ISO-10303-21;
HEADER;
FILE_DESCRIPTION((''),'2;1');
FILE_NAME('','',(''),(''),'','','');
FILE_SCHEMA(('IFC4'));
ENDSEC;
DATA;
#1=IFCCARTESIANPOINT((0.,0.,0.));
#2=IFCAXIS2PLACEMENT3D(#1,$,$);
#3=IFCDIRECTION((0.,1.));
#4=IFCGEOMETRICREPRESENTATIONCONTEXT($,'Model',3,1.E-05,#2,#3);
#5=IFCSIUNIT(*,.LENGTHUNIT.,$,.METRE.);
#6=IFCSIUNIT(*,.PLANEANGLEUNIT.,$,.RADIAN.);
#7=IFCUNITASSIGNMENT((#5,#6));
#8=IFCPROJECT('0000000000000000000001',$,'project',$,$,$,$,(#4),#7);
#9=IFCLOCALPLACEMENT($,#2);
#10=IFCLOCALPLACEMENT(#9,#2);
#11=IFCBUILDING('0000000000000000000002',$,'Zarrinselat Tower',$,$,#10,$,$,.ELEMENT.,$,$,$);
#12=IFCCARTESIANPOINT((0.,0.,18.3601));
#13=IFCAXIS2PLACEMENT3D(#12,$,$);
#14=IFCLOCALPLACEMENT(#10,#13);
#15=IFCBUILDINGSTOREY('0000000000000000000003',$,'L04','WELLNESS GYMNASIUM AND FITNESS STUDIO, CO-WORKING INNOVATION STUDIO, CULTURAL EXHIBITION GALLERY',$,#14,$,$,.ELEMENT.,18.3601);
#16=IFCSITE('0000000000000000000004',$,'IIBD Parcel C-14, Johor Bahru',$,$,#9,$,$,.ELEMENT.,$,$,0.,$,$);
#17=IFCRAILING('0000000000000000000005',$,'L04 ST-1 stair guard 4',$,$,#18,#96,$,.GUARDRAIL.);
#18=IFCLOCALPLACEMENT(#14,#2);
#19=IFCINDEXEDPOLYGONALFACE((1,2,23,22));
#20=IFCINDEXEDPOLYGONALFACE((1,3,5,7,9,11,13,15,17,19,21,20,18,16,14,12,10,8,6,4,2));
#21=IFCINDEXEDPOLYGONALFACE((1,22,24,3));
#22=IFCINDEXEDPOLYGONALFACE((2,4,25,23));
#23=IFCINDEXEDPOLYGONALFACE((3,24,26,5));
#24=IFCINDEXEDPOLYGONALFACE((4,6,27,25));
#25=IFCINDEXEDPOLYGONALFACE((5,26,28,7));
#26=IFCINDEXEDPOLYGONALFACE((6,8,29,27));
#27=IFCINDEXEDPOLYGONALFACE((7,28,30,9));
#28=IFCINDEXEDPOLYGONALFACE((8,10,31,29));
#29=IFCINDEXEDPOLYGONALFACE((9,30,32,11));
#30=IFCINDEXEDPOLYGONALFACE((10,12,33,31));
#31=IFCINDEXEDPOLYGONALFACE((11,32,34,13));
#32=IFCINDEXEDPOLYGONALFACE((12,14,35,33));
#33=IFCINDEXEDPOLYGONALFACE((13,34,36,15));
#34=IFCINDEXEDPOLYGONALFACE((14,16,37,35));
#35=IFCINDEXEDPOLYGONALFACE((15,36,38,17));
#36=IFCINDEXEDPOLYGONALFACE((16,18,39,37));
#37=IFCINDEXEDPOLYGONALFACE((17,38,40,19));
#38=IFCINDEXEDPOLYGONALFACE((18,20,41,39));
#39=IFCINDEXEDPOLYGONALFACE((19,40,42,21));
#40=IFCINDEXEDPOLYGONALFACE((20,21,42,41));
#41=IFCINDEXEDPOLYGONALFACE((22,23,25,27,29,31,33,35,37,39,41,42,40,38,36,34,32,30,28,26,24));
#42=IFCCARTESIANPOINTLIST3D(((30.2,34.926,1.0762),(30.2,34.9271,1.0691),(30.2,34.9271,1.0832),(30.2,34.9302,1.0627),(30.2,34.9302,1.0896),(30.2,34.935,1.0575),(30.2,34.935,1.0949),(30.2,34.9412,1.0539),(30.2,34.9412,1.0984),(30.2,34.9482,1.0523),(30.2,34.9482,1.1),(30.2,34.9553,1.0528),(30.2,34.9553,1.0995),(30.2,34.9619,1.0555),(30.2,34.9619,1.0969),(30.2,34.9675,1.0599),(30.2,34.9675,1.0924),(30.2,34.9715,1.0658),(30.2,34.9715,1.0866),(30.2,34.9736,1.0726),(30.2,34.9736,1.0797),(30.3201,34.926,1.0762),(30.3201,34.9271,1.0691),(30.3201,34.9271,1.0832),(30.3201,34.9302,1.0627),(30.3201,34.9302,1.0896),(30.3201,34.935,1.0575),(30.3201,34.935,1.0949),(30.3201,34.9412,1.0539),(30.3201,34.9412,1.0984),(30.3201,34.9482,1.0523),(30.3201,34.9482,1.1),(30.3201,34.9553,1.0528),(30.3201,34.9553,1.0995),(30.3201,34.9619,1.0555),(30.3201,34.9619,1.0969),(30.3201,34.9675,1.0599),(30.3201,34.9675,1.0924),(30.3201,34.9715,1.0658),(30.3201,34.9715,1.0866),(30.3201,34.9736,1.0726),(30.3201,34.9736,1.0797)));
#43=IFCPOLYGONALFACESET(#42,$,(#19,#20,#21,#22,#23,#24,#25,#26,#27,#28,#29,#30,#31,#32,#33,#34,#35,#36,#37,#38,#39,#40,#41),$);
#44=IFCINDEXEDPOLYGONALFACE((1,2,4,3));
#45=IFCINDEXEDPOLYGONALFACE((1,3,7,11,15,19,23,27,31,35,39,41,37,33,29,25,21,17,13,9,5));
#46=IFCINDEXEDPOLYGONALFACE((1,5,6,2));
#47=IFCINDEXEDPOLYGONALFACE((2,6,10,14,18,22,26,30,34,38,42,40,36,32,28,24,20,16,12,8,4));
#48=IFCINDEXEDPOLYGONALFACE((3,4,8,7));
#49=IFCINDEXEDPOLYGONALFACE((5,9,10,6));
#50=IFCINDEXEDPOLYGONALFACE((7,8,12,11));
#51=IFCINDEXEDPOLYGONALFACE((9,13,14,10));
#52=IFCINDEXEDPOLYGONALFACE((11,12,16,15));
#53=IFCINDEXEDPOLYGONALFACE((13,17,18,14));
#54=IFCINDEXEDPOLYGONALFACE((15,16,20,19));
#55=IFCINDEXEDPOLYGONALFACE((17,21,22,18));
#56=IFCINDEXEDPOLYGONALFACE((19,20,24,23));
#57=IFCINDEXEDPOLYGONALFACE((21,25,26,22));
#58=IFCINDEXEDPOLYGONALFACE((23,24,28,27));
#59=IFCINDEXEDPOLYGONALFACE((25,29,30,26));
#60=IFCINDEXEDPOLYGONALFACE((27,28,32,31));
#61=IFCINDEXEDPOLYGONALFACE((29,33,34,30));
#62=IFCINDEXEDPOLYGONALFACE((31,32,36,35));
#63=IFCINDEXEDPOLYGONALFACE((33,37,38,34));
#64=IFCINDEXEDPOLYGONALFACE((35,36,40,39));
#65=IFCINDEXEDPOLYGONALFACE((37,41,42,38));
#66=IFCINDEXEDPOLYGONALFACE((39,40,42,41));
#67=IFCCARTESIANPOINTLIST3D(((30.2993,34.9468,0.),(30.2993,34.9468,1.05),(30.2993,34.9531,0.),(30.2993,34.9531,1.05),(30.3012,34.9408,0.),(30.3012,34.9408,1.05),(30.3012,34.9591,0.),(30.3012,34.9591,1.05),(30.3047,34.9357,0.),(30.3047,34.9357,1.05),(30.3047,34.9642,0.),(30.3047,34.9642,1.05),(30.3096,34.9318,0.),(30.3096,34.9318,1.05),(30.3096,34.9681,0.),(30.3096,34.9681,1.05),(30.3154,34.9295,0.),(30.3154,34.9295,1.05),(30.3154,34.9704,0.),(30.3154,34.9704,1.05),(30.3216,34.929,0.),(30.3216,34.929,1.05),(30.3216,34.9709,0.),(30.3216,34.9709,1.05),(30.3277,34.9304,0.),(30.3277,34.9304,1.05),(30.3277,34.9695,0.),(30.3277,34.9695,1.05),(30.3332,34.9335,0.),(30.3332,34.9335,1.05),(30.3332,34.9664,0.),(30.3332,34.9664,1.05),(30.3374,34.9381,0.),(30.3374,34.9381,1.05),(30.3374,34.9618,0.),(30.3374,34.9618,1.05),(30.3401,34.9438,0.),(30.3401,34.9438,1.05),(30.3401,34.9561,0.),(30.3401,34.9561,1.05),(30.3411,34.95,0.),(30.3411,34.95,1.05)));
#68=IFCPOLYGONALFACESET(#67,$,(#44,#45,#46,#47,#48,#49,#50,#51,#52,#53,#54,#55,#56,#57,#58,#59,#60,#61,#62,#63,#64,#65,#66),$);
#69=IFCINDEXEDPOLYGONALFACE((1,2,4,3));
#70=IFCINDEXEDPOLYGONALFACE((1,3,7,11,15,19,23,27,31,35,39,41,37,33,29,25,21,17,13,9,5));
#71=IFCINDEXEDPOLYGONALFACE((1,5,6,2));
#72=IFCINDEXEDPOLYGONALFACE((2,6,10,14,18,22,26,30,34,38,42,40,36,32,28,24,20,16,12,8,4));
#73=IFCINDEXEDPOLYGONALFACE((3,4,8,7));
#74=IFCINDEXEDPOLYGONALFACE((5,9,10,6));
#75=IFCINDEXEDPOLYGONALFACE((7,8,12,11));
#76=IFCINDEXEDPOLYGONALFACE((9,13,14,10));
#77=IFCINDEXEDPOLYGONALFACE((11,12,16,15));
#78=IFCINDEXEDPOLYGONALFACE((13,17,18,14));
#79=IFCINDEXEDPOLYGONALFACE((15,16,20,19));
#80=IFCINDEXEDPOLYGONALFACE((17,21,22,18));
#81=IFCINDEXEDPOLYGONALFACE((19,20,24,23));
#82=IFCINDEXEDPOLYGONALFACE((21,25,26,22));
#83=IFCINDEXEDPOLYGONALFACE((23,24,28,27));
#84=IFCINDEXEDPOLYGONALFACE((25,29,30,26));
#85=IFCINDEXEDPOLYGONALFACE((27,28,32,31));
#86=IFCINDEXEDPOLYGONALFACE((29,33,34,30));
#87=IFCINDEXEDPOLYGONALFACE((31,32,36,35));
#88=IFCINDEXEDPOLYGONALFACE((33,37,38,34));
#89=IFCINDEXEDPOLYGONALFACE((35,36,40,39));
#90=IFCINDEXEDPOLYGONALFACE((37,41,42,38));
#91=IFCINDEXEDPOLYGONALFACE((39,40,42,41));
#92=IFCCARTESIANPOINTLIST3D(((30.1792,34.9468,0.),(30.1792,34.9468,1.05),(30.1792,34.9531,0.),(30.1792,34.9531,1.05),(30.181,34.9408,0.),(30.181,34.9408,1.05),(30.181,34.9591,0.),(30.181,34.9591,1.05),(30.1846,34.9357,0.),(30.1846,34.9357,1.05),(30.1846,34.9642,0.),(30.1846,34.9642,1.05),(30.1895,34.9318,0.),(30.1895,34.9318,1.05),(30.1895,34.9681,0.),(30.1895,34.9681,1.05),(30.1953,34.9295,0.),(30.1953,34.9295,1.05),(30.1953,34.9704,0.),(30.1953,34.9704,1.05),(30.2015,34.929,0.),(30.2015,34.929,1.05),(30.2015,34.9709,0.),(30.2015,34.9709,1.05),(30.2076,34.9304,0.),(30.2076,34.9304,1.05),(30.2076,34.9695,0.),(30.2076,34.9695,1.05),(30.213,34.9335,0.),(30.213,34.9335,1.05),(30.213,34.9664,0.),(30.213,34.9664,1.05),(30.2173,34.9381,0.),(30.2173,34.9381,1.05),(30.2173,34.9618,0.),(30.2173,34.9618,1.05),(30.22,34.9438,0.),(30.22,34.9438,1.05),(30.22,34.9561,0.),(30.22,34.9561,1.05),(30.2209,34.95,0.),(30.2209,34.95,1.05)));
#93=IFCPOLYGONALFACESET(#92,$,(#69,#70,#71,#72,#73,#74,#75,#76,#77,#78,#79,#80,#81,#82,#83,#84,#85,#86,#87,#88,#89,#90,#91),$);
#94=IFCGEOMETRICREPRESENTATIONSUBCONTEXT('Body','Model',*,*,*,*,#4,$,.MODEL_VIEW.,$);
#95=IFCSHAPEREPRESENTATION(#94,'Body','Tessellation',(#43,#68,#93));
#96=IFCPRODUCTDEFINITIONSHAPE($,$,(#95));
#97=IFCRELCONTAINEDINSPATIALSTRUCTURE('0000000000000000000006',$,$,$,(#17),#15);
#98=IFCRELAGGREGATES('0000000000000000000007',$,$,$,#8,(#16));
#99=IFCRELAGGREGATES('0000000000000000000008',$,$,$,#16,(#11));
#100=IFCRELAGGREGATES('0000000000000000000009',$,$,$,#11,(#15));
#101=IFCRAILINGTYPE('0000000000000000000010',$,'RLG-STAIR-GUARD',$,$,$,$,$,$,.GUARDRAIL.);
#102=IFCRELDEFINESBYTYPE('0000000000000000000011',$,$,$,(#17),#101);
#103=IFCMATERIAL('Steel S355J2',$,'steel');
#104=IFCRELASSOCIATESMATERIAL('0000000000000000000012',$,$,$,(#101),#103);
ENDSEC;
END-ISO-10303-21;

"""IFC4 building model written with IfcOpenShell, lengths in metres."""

from ifc_helpers import new_model, si_unit, direction, frame, origin, origin_2d, place, context, subcontext, project, spatial, circle, extrude, material, type_object, element, save


model = new_model("IFC4")

# Units and contexts
model_context = context("Model", 3, precision=1e-05, world=origin(), true_north=direction((0.0, 1.0)))
body_context = subcontext(model_context, "Body", "Model", "MODEL_VIEW")
ifc_project = project(units=[si_unit("LENGTHUNIT", "METRE"), si_unit("PLANEANGLEUNIT", "RADIAN")], contexts=[model_context])

# Site, building, storey
site_placement = place(None, origin())
site = spatial("IfcSite", under=ifc_project, at=site_placement, Name="IIBD Parcel C-14, Johor Bahru", CompositionType="ELEMENT", RefElevation=0.0)
building_placement = place(site_placement, origin())
building = spatial("IfcBuilding", under=site, at=building_placement, Name="Zarrinselat Tower", CompositionType="ELEMENT")
storey_placement = place(building_placement, frame((0.0, 0.0, 18.3601)))
storey = spatial("IfcBuildingStorey", under=building, at=storey_placement, Name="L04", Description="WELLNESS GYMNASIUM AND FITNESS STUDIO, CO-WORKING INNOVATION STUDIO, CULTURAL EXHIBITION GALLERY", CompositionType="ELEMENT", Elevation=18.3601)

# Railing
ifc_material_1 = material(Name="Steel S355J2", Category="steel")
railing_type_1 = type_object("IfcRailingType", Name="RLG-STAIR-GUARD", PredefinedType="GUARDRAIL", material=ifc_material_1)
railing_1_placement = place(storey_placement, frame((30.3201, 34.95, 0.0)))
element("IfcRailing", 1, at=railing_1_placement, inside=storey, type_object=railing_type_1, Name="L04 ST-1 stair guard 4", PredefinedType="GUARDRAIL", context=body_context, shape_type="SweptSolid", body=[
    extrude(circle(Radius=0.0239, at=origin_2d()), frame((0.0, 0.0, 1.0762), z_axis=(-1.0, 0.0, 0.0), x_axis=(0.0, -1.0, 0.0)), (0.0, 0.0, 1.0), 0.1201),
    extrude(circle(Radius=0.021, at=origin_2d()), origin(), (0.0, 0.0, 1.0), 1.05),
    extrude(circle(Radius=0.021, at=origin_2d()), frame((-0.1201, 0.0, 0.0)), (0.0, 0.0, 1.0), 1.05),
])

save(model, "model.ifc")
